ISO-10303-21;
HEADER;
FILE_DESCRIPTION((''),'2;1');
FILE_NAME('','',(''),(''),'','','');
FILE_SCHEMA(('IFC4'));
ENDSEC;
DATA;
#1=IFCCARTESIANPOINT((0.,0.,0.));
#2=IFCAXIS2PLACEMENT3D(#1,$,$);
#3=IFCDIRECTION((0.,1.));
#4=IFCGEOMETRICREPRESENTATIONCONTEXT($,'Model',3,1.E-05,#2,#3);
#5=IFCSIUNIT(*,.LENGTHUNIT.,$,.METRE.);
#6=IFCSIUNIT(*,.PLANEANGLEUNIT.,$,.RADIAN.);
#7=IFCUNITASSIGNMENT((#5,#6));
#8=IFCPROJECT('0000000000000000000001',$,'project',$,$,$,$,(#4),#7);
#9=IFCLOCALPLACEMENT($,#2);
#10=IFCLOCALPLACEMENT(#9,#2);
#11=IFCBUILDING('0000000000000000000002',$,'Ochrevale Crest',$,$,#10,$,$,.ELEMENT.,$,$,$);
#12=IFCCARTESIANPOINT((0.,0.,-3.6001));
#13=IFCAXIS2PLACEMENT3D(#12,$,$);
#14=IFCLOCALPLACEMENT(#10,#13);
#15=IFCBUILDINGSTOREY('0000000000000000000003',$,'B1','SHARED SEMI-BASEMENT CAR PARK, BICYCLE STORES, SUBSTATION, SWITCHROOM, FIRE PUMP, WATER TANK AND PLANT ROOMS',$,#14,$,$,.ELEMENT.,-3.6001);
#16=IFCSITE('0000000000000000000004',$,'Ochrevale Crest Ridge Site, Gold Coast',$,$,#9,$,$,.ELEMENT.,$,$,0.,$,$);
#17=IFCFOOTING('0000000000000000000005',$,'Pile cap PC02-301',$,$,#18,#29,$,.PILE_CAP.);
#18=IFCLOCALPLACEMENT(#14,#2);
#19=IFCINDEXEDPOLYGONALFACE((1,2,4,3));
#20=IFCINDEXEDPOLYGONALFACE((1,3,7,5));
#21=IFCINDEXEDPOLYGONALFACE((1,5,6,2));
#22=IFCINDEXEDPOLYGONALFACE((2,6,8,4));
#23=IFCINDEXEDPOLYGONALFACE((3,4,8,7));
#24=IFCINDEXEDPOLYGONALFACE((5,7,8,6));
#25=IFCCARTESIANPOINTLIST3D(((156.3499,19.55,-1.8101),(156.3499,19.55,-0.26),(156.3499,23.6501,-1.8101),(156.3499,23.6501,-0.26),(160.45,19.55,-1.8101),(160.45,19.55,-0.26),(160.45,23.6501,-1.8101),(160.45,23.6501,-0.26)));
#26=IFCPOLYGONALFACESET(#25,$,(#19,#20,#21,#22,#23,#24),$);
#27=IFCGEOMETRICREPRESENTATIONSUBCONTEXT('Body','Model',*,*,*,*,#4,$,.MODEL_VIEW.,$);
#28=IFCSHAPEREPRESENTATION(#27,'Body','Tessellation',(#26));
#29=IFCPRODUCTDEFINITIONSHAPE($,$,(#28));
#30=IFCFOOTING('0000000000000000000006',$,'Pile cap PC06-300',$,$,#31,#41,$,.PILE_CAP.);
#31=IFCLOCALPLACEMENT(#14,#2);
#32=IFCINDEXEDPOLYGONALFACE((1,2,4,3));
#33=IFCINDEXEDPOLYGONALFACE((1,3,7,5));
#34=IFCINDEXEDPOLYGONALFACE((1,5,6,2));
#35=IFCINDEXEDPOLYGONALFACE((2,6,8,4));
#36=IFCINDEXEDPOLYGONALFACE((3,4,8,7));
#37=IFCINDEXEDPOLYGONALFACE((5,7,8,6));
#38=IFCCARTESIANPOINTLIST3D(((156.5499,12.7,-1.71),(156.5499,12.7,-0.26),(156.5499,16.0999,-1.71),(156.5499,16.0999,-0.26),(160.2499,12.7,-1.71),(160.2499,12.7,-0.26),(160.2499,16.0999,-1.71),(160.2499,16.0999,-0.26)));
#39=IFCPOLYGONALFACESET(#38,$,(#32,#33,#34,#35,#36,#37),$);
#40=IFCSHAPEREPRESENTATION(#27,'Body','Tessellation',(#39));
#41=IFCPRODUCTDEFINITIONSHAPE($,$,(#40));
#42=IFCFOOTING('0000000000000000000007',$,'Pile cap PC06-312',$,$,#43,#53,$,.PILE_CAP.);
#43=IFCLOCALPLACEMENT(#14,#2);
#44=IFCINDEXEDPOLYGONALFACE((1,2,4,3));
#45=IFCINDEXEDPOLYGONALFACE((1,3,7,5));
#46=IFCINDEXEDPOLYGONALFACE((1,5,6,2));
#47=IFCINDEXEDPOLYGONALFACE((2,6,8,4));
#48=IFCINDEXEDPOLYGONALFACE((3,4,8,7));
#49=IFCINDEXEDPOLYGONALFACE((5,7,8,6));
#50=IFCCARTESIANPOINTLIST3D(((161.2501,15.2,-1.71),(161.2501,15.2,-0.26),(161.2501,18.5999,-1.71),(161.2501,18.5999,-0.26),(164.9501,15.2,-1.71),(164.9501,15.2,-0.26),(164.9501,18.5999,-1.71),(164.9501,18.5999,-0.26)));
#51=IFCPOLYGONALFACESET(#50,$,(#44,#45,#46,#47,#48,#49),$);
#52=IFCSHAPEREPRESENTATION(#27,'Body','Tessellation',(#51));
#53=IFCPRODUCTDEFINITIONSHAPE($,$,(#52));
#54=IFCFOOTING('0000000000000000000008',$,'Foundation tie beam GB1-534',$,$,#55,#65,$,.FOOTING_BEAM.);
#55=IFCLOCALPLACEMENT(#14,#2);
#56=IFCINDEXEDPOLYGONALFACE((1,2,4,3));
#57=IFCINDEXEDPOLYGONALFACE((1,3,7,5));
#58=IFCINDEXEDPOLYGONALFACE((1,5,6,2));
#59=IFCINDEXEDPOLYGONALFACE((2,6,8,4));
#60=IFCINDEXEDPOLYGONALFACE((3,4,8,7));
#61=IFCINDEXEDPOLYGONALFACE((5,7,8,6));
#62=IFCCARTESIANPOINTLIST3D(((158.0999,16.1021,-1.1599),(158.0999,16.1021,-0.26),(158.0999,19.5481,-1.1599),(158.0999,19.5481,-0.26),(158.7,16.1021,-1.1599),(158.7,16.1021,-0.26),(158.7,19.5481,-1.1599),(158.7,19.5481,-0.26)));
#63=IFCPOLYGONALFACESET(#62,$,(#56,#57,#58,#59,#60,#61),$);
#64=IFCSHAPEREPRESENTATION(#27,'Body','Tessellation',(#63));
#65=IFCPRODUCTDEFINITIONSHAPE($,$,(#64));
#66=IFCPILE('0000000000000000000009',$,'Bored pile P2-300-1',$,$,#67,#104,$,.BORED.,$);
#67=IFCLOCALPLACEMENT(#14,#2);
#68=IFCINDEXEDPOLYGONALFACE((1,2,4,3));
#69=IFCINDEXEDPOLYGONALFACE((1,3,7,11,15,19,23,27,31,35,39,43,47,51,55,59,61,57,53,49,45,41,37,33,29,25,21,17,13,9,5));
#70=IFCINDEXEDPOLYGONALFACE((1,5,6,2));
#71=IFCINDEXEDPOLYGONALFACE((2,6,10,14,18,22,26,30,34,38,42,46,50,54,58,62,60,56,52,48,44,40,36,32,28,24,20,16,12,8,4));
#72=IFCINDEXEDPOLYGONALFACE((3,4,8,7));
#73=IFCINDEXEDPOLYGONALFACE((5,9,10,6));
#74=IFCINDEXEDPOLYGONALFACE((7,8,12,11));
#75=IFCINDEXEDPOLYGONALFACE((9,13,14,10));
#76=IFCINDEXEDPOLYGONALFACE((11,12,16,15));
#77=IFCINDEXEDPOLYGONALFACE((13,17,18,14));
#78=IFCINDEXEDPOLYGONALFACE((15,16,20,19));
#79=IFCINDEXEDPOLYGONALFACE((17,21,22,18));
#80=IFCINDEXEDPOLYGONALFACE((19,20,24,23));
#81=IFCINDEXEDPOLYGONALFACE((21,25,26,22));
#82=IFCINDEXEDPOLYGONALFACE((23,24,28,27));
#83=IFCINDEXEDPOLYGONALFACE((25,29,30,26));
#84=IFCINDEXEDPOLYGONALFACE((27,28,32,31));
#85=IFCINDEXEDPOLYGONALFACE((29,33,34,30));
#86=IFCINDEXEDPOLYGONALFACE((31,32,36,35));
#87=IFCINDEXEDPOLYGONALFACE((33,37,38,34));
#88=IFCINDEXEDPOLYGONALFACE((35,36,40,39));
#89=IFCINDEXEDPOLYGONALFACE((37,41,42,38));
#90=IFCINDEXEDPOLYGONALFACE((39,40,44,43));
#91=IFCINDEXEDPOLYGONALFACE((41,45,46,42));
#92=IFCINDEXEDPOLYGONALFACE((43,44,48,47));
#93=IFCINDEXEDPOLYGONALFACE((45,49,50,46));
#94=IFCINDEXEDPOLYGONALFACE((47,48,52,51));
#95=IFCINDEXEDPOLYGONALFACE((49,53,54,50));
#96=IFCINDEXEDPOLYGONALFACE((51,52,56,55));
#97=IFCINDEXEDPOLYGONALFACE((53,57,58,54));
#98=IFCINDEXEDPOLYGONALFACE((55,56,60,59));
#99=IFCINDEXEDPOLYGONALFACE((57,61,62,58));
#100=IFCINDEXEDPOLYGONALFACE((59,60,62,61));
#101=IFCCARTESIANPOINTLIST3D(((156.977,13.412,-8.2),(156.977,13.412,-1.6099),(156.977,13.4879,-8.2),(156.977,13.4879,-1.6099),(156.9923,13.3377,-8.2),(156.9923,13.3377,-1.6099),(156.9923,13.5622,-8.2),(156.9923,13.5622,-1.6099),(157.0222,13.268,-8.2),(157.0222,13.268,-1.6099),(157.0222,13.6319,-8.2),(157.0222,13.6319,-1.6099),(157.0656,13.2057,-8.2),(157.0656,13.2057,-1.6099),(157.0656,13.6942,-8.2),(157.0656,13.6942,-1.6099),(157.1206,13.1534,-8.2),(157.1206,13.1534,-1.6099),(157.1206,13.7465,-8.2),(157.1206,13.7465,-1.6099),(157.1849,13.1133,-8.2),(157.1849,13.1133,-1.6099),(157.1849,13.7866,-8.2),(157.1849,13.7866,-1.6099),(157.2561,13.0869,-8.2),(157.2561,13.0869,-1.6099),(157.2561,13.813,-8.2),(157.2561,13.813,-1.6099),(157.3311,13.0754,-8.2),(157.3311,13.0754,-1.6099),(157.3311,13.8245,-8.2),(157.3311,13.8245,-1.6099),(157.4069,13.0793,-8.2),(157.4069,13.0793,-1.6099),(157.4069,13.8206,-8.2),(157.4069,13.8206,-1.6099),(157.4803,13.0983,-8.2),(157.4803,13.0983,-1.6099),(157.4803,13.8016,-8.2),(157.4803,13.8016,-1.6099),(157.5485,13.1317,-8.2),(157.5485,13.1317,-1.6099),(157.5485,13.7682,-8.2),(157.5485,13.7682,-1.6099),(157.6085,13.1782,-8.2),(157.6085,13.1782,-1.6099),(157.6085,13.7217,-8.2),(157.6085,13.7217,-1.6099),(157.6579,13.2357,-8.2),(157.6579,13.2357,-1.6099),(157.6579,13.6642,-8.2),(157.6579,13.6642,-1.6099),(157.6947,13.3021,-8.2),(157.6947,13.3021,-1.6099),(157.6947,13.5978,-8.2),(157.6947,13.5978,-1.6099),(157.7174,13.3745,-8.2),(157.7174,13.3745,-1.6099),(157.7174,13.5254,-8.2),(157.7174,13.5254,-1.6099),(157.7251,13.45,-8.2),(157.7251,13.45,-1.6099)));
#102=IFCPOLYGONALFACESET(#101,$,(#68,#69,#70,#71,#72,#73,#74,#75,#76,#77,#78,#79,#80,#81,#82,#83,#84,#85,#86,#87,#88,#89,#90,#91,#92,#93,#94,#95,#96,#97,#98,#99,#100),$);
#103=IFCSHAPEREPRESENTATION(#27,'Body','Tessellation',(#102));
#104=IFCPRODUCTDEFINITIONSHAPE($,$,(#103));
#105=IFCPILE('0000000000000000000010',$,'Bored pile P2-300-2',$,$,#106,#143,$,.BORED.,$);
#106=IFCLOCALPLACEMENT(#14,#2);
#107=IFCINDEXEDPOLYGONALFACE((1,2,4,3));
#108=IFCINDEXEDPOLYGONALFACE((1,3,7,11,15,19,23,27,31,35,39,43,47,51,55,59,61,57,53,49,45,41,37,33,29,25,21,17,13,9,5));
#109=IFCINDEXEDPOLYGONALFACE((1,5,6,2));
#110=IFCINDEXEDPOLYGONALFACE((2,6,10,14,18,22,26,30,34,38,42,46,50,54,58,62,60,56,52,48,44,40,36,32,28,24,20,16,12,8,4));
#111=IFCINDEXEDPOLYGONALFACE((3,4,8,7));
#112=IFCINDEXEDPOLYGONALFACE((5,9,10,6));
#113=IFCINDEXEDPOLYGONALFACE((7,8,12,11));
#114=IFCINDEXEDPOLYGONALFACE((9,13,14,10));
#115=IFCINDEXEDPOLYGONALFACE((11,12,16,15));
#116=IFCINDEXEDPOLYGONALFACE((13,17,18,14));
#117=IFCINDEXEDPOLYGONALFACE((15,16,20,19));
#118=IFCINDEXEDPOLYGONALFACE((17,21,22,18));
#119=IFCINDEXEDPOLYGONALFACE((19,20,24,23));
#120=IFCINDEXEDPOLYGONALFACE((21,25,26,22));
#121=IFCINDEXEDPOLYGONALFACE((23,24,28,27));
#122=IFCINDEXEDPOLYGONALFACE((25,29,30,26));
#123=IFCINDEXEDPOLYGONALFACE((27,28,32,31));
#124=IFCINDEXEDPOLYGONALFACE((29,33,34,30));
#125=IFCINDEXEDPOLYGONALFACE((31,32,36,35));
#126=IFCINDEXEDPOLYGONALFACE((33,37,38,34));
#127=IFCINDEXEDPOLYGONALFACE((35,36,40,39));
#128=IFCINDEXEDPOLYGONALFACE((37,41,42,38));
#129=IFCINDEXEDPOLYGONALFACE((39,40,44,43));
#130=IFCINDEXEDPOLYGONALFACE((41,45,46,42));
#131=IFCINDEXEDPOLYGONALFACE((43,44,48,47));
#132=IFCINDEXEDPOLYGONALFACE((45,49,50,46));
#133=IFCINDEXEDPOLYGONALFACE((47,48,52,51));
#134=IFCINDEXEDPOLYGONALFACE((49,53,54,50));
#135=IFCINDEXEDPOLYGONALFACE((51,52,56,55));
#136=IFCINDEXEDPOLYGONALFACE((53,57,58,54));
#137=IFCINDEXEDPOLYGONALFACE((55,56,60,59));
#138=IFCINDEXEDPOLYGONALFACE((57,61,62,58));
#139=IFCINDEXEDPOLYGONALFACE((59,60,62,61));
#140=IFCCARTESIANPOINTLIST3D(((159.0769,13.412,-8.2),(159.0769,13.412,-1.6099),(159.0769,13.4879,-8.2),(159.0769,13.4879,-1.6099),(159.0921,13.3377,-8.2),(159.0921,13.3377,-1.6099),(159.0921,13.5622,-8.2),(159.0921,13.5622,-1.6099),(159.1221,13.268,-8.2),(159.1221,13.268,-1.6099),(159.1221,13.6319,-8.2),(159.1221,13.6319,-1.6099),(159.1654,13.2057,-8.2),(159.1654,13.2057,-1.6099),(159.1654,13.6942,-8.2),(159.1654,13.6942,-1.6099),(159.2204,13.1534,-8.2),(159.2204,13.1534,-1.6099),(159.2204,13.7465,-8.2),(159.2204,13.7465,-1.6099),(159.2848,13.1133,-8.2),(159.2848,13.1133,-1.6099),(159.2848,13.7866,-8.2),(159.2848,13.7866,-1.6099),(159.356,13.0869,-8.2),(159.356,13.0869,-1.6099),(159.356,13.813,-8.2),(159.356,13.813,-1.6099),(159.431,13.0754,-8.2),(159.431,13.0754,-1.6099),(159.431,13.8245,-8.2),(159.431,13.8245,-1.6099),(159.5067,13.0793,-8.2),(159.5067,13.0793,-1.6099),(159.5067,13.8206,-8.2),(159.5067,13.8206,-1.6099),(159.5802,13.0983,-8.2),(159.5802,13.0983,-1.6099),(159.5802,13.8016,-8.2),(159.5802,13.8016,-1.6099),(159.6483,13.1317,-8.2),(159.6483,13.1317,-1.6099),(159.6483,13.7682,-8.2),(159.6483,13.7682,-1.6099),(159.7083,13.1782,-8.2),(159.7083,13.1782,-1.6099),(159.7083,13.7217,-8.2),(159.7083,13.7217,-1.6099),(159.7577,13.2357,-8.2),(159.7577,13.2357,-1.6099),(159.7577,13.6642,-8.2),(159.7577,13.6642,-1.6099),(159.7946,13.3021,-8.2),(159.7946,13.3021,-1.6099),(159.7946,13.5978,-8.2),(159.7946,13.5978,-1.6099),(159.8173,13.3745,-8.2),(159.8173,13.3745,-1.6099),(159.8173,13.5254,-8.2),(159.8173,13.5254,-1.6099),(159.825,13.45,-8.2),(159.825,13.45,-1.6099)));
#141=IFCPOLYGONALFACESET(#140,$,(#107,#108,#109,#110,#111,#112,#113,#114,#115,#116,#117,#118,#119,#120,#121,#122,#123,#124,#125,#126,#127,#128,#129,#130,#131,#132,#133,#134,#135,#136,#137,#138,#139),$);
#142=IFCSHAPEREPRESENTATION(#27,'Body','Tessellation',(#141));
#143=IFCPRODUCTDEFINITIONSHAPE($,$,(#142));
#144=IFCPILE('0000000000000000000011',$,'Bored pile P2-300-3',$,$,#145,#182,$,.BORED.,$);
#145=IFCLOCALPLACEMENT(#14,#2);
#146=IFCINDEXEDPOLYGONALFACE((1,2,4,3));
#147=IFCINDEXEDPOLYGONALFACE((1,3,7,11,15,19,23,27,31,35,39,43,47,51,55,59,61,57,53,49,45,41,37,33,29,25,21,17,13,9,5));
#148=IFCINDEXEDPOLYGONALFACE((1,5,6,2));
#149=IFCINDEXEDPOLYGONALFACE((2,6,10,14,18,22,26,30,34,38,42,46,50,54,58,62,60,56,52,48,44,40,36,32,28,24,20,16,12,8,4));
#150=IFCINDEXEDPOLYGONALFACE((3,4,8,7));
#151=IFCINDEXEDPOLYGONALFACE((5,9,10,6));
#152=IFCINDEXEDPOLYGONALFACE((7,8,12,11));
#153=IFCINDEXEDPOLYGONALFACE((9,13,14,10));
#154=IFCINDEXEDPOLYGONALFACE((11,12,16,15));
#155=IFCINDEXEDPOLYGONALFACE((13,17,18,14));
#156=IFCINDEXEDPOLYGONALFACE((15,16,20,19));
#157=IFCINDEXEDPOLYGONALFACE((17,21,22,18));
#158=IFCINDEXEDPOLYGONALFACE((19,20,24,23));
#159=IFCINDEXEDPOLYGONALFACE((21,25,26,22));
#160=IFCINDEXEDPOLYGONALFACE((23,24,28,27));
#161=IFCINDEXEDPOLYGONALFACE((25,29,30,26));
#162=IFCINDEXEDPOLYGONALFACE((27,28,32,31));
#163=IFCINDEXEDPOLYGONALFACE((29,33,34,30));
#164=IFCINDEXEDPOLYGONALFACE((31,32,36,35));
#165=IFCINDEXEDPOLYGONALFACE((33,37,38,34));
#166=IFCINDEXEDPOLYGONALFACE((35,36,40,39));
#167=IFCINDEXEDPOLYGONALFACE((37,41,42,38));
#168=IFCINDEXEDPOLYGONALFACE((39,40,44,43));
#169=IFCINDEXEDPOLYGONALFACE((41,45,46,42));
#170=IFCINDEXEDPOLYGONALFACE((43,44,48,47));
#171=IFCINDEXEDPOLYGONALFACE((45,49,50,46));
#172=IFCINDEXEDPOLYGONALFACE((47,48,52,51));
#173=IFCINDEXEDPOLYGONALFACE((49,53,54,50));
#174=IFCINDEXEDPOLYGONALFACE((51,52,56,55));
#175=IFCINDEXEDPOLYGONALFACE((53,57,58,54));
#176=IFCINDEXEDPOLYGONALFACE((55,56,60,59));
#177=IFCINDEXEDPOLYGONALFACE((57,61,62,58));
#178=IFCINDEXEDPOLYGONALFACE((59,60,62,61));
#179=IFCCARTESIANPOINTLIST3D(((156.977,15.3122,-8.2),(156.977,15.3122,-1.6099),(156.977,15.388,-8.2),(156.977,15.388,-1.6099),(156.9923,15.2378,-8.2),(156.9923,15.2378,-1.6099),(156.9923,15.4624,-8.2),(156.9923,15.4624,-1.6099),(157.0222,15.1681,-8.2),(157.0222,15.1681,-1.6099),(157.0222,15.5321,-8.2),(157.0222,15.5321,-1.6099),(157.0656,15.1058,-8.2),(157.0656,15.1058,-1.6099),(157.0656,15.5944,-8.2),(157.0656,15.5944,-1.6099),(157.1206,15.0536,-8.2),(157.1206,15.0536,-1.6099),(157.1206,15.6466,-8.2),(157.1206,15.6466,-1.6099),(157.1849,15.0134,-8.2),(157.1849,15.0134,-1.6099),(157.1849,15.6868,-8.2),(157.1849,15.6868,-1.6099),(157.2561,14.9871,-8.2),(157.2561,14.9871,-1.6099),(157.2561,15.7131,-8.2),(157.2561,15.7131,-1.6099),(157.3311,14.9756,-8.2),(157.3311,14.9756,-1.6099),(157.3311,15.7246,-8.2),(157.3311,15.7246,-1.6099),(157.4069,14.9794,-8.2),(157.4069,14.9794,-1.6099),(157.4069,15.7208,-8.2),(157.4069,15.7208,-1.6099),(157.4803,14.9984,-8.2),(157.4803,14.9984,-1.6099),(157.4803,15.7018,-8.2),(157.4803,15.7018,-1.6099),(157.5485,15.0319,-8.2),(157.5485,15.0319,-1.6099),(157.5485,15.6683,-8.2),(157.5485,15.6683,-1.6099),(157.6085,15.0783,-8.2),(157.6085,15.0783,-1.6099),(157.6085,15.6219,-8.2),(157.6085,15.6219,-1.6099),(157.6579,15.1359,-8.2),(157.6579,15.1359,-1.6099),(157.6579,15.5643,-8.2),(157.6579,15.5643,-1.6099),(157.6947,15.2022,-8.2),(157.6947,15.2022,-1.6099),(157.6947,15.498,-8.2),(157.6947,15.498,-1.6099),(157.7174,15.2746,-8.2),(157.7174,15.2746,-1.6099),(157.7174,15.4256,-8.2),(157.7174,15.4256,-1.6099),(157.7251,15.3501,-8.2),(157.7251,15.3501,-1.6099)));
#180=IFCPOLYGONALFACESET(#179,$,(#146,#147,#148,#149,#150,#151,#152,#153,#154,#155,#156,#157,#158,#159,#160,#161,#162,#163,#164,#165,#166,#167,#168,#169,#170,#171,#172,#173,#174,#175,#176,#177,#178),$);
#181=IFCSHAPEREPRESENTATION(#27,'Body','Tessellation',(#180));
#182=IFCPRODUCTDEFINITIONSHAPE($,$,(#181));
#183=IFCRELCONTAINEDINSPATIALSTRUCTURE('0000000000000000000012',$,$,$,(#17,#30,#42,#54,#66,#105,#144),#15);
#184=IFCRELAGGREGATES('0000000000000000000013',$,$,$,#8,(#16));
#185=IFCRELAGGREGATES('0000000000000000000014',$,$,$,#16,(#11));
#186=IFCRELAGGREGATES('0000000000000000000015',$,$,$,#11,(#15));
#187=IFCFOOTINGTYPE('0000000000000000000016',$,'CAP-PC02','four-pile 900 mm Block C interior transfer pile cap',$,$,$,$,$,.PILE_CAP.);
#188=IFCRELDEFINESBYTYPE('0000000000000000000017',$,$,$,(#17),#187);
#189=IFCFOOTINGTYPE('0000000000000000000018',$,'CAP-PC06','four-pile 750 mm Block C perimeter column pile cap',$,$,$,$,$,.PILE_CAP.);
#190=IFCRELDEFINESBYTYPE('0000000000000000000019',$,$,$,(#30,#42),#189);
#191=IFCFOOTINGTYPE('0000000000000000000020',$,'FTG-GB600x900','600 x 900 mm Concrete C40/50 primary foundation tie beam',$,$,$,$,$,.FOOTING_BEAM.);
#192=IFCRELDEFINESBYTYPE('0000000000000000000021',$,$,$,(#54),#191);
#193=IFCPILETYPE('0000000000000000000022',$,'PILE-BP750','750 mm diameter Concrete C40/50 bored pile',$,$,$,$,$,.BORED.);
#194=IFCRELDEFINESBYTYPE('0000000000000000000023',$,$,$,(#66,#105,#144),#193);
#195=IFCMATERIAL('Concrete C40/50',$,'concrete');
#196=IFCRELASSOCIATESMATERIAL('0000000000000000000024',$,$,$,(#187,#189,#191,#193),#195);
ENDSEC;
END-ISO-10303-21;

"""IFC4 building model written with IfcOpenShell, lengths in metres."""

from ifc_helpers import new_model, si_unit, direction, frame, origin, origin_2d, place, context, subcontext, project, spatial, rectangle, circle, extrude, material, material_profile, profile_set, type_object, element, save


model = new_model("IFC4")

# Units and contexts
model_context = context("Model", 3, precision=1e-05, world=origin(), true_north=direction((0.0, 1.0)))
body_context = subcontext(model_context, "Body", "Model", "MODEL_VIEW")
ifc_project = project(units=[si_unit("LENGTHUNIT", "METRE"), si_unit("PLANEANGLEUNIT", "RADIAN")], contexts=[model_context])

# Site, building, storey
site_placement = place(None, origin())
site = spatial("IfcSite", under=ifc_project, at=site_placement, Name="Ochrevale Crest Ridge Site, Gold Coast", CompositionType="ELEMENT", RefElevation=0.0)
building_placement = place(site_placement, origin())
building = spatial("IfcBuilding", under=site, at=building_placement, Name="Ochrevale Crest", CompositionType="ELEMENT")
storey_placement = place(building_placement, frame((0.0, 0.0, -3.6001)))
storey = spatial("IfcBuildingStorey", under=building, at=storey_placement, Name="B1", Description="SHARED SEMI-BASEMENT CAR PARK, BICYCLE STORES, SUBSTATION, SWITCHROOM, FIRE PUMP, WATER TANK AND PLANT ROOMS", CompositionType="ELEMENT", Elevation=-3.6001)

# Footings
ifc_material_1 = material(Name="Concrete C40/50", Category="concrete")
footing_type_1 = type_object("IfcFootingType", Name="CAP-PC02", Description="four-pile 900 mm Block C interior transfer pile cap", PredefinedType="PILE_CAP", material=ifc_material_1)
footing_1_placement = place(storey_placement, frame((158.3999, 21.6001, -1.8101), z_axis=(0.0, 0.0, 1.0), x_axis=(1.0, 0.0, 0.0)))
element("IfcFooting", 1, at=footing_1_placement, inside=storey, type_object=footing_type_1, Name="Pile cap PC02-301", PredefinedType="PILE_CAP", context=body_context, shape_type="SweptSolid", body=[
    extrude(rectangle(XDim=4.1001, YDim=4.1001, at=origin_2d()), origin(), (0.0, 0.0, 1.0), 1.55),
])
footing_type_2 = type_object("IfcFootingType", Name="CAP-PC06", Description="four-pile 750 mm Block C perimeter column pile cap", PredefinedType="PILE_CAP", material=ifc_material_1)
for number, where, z_axis, x_axis, name in (
    (2, (158.3999, 14.3999, -1.71), (0.0, 0.0, 1.0), (1.0, 0.0, 0.0), "Pile cap PC06-300"),
    (3, (163.1001, 16.8999, -1.71), (0.0, 0.0, 1.0), (1.0, 0.0, 0.0), "Pile cap PC06-312"),
):
    element("IfcFooting", number, at=place(storey_placement, frame(where, z_axis=z_axis, x_axis=x_axis)), inside=storey, type_object=footing_type_2, Name=name, PredefinedType="PILE_CAP", context=body_context, shape_type="SweptSolid", body=[
        extrude(rectangle(XDim=3.7, YDim=3.3999, at=origin_2d()), origin(), (0.0, 0.0, 1.0), 1.45),
    ])
ifc_material_profile_1 = material_profile(ifc_material_1, rectangle(XDim=0.6001, YDim=0.8999, at=origin_2d()), Name="GB 600x900")
ifc_profile_set_1 = profile_set([ifc_material_profile_1], Name="Concrete C40/50")
footing_type_3 = type_object("IfcFootingType", Name="FTG-GB600x900", Description="600 x 900 mm Concrete C40/50 primary foundation tie beam", PredefinedType="FOOTING_BEAM", material=ifc_profile_set_1)
footing_2_placement = place(storey_placement, frame((158.3999, 16.1021, -0.71), z_axis=(0.0, 1.0, 0.0), x_axis=(-1.0, 0.0, 0.0)))
element("IfcFooting", 4, at=footing_2_placement, inside=storey, type_object=footing_type_3, Name="Foundation tie beam GB1-534", PredefinedType="FOOTING_BEAM", context=body_context, shape_type="SweptSolid", body=[
    extrude(rectangle(XDim=0.6001, YDim=0.8999, at=origin_2d()), origin(), (0.0, 0.0, 1.0), 3.446),
])

# Piles
ifc_material_profile_2 = material_profile(ifc_material_1, circle(Radius=0.375, at=origin_2d()), Name="BORED PILE 750")
ifc_profile_set_2 = profile_set([ifc_material_profile_2], Name="Concrete C40/50")
pile_type_1 = type_object("IfcPileType", Name="PILE-BP750", Description="750 mm diameter Concrete C40/50 bored pile", PredefinedType="BORED", material=ifc_profile_set_2)
for number, where, z_axis, x_axis, name in (
    (5, (157.3501, 13.45, -1.6099), (0.0, 0.0, -1.0), (1.0, 0.0, 0.0), "Bored pile P2-300-1"),
    (6, (159.45, 13.45, -1.6099), (0.0, 0.0, -1.0), (1.0, 0.0, 0.0), "Bored pile P2-300-2"),
    (7, (157.3501, 15.3501, -1.6099), (0.0, 0.0, -1.0), (1.0, 0.0, 0.0), "Bored pile P2-300-3"),
):
    element("IfcPile", number, at=place(storey_placement, frame(where, z_axis=z_axis, x_axis=x_axis)), inside=storey, type_object=pile_type_1, Name=name, PredefinedType="BORED", context=body_context, shape_type="SweptSolid", body=[
        extrude(circle(Radius=0.375, at=origin_2d()), origin(), (0.0, 0.0, 1.0), 6.5901),
    ])

save(model, "model.ifc")
